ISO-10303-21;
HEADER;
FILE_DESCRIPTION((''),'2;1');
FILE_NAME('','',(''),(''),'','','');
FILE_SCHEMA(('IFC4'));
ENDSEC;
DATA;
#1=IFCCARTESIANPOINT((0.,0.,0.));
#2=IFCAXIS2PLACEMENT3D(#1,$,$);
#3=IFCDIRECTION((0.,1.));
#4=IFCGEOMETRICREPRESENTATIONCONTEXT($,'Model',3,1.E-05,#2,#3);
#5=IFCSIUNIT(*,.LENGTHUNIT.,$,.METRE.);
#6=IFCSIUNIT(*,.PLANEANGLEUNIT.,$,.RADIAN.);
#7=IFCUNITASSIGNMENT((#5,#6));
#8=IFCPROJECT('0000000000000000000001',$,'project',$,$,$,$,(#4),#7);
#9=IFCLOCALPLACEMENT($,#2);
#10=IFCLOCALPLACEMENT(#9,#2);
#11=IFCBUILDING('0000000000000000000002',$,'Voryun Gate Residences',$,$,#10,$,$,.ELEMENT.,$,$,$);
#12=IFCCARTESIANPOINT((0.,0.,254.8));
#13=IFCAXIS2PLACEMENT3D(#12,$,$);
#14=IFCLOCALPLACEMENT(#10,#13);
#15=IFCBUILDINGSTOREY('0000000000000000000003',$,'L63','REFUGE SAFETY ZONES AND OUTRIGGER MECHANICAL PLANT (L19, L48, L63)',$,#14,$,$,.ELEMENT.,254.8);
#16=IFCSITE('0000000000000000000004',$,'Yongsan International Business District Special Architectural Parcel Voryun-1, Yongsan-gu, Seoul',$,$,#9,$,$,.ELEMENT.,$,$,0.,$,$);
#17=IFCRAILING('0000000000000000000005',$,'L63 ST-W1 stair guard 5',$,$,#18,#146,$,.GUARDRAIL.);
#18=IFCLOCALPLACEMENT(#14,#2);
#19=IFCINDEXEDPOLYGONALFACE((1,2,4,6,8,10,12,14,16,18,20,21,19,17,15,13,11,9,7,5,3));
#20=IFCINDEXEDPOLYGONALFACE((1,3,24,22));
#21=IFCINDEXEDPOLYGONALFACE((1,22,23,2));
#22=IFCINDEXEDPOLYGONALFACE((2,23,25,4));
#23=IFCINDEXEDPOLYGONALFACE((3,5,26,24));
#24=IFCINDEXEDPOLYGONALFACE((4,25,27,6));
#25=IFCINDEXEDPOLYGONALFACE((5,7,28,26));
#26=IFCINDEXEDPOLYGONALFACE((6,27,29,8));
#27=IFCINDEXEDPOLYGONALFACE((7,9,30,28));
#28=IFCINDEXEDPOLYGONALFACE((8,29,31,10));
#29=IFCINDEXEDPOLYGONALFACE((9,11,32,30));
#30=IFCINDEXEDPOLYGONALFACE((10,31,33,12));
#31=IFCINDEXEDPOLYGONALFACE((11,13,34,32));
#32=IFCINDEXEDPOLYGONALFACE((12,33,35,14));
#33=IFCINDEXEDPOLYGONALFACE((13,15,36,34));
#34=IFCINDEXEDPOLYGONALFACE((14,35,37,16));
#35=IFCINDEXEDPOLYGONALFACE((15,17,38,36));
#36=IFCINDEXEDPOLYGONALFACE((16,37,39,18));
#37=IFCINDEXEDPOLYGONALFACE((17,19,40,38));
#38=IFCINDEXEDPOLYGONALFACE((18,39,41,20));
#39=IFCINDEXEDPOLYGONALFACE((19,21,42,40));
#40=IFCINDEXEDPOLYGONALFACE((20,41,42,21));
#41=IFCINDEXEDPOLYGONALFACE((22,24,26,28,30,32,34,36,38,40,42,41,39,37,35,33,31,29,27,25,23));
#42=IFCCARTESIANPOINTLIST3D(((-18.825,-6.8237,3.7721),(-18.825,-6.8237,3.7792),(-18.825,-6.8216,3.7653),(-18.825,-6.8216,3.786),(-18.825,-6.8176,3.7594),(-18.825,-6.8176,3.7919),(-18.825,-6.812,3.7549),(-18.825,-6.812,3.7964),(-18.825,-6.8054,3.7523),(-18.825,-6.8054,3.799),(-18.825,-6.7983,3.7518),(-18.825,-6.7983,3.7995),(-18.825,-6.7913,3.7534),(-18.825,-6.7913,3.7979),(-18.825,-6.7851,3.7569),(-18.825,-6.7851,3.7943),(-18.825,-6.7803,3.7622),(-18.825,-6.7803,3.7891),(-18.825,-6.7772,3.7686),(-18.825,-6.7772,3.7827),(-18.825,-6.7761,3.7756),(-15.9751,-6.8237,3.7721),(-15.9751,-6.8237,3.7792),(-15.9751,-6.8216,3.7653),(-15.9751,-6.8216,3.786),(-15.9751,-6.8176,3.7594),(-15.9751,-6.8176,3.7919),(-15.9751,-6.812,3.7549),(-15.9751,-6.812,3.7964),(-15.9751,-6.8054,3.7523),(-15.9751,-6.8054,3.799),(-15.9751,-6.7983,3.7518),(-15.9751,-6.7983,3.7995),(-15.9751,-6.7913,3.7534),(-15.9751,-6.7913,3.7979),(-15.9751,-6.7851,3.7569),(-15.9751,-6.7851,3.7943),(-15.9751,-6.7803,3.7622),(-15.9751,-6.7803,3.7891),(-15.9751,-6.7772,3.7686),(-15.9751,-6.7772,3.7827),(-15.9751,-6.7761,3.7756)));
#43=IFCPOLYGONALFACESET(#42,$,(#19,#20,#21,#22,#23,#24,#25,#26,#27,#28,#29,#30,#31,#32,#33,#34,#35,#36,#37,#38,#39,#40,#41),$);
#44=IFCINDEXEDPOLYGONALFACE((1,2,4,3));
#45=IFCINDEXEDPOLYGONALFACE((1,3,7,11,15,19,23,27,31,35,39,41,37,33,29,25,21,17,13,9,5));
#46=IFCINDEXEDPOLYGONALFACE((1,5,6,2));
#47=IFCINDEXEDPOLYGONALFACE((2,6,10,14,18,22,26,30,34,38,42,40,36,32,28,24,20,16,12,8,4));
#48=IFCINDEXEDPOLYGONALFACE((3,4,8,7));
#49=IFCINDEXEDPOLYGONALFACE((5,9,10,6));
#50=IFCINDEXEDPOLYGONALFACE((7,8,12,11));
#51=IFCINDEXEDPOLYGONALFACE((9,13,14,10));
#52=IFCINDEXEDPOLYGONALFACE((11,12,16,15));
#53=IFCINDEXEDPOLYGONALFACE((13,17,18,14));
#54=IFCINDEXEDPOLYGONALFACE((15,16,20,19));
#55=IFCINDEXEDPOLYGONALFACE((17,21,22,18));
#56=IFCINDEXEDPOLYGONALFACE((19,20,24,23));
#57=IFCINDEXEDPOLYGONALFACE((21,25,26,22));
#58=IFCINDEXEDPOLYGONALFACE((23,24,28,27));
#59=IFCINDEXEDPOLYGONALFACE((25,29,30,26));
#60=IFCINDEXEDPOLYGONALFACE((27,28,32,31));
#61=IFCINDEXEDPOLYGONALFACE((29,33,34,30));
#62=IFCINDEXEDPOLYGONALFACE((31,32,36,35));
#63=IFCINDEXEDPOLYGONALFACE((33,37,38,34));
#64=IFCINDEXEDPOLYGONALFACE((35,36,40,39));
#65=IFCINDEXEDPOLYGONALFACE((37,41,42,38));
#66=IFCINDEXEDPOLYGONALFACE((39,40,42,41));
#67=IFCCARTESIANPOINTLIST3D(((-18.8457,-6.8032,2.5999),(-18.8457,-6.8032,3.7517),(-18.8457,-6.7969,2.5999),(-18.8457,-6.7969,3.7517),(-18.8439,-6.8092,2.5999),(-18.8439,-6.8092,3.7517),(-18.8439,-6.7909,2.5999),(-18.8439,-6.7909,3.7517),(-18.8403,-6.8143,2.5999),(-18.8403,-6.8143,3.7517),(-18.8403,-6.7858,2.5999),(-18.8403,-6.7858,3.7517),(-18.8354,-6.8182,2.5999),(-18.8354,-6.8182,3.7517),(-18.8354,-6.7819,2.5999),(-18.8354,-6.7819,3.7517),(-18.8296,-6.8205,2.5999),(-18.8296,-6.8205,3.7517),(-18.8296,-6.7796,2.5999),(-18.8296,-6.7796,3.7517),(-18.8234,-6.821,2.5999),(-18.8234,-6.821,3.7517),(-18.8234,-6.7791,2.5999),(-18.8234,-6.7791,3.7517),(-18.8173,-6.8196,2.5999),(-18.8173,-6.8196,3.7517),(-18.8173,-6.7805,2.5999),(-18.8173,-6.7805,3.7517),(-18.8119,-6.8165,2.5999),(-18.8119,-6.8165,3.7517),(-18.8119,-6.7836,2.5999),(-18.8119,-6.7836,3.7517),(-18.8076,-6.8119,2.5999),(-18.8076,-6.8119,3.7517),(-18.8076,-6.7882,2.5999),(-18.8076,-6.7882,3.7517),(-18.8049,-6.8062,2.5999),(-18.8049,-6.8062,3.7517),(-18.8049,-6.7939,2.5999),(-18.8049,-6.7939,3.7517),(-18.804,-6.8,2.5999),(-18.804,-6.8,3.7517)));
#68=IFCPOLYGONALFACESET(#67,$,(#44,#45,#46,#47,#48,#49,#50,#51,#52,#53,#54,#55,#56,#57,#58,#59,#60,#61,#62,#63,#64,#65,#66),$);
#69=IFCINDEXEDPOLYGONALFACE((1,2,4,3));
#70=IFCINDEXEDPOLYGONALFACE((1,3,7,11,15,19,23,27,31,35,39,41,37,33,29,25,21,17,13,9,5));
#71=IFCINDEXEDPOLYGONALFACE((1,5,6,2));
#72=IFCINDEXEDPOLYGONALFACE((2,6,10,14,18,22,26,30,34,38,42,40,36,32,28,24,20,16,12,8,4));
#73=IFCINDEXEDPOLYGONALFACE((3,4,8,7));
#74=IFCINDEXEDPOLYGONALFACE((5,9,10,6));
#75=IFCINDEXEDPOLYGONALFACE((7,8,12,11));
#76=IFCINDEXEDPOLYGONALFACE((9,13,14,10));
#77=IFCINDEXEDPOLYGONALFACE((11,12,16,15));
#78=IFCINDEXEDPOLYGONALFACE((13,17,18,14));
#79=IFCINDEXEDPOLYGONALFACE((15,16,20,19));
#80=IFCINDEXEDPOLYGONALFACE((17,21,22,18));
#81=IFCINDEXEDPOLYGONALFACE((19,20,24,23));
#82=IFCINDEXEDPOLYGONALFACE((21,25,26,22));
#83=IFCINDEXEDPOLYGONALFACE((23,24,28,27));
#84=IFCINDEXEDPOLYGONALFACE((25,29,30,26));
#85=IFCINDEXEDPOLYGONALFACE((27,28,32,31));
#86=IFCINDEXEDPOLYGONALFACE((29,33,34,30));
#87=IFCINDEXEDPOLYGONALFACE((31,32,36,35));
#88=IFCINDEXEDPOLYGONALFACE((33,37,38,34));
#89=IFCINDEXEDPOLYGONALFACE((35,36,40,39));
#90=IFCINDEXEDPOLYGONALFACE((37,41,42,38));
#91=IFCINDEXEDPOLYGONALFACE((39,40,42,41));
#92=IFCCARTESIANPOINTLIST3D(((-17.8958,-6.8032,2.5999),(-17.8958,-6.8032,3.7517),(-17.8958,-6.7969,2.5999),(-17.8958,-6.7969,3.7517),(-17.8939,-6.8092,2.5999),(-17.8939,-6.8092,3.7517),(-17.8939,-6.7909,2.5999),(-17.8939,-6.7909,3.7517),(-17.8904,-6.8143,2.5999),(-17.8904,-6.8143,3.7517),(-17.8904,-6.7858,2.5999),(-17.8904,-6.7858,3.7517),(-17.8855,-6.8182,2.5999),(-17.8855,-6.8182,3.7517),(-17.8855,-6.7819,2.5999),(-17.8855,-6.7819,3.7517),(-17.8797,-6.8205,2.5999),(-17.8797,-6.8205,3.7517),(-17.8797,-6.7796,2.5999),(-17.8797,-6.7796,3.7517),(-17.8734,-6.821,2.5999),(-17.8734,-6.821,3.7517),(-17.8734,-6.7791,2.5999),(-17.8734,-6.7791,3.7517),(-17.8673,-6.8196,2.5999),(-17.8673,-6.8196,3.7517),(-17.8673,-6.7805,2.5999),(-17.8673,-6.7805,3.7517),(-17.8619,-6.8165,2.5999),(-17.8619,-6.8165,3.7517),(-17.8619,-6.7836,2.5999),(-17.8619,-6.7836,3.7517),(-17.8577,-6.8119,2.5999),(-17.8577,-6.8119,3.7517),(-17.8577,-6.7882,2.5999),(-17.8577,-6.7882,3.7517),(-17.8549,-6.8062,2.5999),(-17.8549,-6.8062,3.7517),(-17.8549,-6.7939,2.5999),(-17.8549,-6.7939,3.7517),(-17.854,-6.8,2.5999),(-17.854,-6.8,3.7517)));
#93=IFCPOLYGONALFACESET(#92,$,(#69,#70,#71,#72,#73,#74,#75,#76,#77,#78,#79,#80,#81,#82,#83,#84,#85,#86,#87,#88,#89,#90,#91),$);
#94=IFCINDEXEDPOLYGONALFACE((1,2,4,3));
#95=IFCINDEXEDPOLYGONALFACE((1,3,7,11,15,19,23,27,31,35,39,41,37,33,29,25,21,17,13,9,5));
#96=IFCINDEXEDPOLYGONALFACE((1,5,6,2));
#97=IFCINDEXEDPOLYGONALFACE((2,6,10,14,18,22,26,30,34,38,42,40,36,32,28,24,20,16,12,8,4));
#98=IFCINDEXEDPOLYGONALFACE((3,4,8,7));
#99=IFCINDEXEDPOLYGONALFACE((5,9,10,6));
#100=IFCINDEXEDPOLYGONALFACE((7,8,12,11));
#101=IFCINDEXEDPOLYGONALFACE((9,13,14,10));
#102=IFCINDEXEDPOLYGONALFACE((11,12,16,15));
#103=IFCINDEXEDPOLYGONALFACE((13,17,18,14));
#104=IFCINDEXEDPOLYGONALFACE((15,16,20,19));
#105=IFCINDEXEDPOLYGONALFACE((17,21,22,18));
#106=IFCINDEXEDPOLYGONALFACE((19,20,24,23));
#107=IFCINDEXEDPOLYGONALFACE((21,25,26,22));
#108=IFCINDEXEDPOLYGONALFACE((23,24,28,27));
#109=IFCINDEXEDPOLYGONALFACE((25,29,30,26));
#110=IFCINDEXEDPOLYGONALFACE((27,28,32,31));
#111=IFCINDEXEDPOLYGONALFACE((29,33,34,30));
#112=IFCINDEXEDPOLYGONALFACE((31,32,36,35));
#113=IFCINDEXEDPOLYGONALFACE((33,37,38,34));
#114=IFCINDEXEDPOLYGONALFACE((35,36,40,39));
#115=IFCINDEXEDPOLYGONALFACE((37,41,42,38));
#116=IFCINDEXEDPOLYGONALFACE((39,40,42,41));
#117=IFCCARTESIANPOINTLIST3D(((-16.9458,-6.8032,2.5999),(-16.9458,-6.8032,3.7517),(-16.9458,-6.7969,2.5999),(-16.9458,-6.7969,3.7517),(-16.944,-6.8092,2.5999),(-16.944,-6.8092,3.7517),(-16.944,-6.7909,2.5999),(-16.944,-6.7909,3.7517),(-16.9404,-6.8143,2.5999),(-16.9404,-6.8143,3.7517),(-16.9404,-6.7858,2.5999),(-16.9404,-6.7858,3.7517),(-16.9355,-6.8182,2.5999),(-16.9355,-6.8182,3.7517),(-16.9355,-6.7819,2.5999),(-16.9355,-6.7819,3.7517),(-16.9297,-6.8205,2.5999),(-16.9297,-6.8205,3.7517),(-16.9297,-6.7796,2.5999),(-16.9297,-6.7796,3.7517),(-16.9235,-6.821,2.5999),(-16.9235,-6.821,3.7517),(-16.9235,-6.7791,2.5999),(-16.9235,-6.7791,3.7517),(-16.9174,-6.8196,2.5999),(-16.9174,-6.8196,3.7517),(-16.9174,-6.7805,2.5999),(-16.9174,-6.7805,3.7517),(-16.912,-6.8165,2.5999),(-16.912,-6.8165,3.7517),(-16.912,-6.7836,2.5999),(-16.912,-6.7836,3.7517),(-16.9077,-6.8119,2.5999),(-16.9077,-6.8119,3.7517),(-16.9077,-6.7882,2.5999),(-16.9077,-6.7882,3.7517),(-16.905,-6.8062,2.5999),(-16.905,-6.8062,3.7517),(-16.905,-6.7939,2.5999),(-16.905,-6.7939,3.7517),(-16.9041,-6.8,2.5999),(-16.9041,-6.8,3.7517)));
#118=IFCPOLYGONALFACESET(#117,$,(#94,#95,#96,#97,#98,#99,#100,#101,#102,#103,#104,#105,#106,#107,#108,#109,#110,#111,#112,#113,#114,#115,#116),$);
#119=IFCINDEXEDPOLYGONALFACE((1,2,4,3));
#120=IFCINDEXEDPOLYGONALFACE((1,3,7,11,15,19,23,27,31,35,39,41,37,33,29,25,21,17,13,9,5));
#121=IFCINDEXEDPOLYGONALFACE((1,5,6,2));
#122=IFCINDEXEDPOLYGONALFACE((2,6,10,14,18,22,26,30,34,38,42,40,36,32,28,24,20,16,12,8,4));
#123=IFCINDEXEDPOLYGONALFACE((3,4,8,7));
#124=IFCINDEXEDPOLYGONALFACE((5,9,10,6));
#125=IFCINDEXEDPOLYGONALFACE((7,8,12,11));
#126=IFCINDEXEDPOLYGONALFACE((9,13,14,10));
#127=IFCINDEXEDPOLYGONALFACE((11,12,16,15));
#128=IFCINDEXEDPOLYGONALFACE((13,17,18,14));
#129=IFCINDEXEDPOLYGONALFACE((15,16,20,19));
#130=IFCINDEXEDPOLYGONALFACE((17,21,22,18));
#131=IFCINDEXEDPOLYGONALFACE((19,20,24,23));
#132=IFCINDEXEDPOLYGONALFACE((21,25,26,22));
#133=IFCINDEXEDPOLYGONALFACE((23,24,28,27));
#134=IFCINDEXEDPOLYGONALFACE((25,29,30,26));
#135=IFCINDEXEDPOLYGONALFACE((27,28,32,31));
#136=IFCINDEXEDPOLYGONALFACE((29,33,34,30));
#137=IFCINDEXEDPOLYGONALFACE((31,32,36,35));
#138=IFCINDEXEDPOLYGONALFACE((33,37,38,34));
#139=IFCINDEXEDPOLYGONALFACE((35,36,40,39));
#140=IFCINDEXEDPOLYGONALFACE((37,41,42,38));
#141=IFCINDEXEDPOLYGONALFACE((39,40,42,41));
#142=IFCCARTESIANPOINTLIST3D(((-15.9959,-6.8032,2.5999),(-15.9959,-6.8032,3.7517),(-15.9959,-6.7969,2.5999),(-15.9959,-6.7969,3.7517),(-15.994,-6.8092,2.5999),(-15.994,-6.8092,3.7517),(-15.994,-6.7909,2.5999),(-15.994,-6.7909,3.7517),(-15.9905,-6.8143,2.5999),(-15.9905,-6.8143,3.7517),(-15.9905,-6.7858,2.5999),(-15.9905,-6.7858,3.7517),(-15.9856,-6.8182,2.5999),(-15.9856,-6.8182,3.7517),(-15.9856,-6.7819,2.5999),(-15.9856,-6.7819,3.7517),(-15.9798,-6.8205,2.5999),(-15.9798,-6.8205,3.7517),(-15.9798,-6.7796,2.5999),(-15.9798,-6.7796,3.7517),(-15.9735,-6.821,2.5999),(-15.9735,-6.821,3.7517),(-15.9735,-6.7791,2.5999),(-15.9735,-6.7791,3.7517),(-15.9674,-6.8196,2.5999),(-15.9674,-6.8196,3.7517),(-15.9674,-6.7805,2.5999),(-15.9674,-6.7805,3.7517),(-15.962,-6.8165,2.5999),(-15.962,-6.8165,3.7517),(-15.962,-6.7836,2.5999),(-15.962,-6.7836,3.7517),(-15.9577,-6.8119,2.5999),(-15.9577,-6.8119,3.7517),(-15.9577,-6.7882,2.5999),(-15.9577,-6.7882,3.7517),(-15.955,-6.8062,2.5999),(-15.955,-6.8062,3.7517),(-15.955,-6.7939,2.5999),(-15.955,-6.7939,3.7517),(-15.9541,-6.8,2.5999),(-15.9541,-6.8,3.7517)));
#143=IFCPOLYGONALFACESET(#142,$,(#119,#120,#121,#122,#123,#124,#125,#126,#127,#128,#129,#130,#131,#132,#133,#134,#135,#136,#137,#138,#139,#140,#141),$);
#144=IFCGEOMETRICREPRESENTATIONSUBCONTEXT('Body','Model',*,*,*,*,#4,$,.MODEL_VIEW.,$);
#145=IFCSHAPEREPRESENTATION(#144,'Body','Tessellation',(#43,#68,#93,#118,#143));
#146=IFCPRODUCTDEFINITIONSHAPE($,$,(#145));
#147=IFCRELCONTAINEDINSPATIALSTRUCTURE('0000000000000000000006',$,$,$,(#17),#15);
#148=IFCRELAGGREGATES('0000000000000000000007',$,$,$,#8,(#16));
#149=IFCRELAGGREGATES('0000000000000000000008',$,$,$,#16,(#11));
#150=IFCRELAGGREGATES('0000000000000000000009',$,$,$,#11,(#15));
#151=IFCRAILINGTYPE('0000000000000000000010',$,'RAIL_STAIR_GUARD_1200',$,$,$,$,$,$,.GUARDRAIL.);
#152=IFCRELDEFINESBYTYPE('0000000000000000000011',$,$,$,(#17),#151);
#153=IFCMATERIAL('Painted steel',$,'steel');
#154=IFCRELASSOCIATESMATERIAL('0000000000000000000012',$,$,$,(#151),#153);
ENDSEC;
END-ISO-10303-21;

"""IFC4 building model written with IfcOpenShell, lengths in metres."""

from ifc_helpers import new_model, si_unit, direction, frame, origin, origin_2d, place, context, subcontext, project, spatial, circle, extrude, material, type_object, element, save


model = new_model("IFC4")

# Units and contexts
model_context = context("Model", 3, precision=1e-05, world=origin(), true_north=direction((0.0, 1.0)))
body_context = subcontext(model_context, "Body", "Model", "MODEL_VIEW")
ifc_project = project(units=[si_unit("LENGTHUNIT", "METRE"), si_unit("PLANEANGLEUNIT", "RADIAN")], contexts=[model_context])

# Site, building, storey
site_placement = place(None, origin())
site = spatial("IfcSite", under=ifc_project, at=site_placement, Name="Yongsan International Business District Special Architectural Parcel Voryun-1, Yongsan-gu, Seoul", CompositionType="ELEMENT", RefElevation=0.0)
building_placement = place(site_placement, origin())
building = spatial("IfcBuilding", under=site, at=building_placement, Name="Voryun Gate Residences", CompositionType="ELEMENT")
storey_placement = place(building_placement, frame((0.0, 0.0, 254.8)))
storey = spatial("IfcBuildingStorey", under=building, at=storey_placement, Name="L63", Description="REFUGE SAFETY ZONES AND OUTRIGGER MECHANICAL PLANT (L19, L48, L63)", CompositionType="ELEMENT", Elevation=254.8)

# Railing
ifc_material_1 = material(Name="Painted steel", Category="steel")
railing_type_1 = type_object("IfcRailingType", Name="RAIL_STAIR_GUARD_1200", PredefinedType="GUARDRAIL", material=ifc_material_1)
railing_1_placement = place(storey_placement, frame((-18.825, -6.8, 2.5999)))
element("IfcRailing", 1, at=railing_1_placement, inside=storey, type_object=railing_type_1, Name="L63 ST-W1 stair guard 5", PredefinedType="GUARDRAIL", context=body_context, shape_type="SweptSolid", body=[
    extrude(circle(Radius=0.0239, at=origin_2d()), frame((0.0, 0.0, 1.1758), z_axis=(1.0, 0.0, 0.0), x_axis=(0.0, 1.0, 0.0)), (0.0, 0.0, 1.0), 2.8499),
    extrude(circle(Radius=0.021, at=origin_2d()), origin(), (0.0, 0.0, 1.0), 1.1519),
    extrude(circle(Radius=0.021, at=origin_2d()), frame((0.95, 0.0, 0.0)), (0.0, 0.0, 1.0), 1.1519),
    extrude(circle(Radius=0.021, at=origin_2d()), frame((1.8999, 0.0, 0.0)), (0.0, 0.0, 1.0), 1.1519),
    extrude(circle(Radius=0.021, at=origin_2d()), frame((2.8499, 0.0, 0.0)), (0.0, 0.0, 1.0), 1.1519),
])

save(model, "model.ifc")
